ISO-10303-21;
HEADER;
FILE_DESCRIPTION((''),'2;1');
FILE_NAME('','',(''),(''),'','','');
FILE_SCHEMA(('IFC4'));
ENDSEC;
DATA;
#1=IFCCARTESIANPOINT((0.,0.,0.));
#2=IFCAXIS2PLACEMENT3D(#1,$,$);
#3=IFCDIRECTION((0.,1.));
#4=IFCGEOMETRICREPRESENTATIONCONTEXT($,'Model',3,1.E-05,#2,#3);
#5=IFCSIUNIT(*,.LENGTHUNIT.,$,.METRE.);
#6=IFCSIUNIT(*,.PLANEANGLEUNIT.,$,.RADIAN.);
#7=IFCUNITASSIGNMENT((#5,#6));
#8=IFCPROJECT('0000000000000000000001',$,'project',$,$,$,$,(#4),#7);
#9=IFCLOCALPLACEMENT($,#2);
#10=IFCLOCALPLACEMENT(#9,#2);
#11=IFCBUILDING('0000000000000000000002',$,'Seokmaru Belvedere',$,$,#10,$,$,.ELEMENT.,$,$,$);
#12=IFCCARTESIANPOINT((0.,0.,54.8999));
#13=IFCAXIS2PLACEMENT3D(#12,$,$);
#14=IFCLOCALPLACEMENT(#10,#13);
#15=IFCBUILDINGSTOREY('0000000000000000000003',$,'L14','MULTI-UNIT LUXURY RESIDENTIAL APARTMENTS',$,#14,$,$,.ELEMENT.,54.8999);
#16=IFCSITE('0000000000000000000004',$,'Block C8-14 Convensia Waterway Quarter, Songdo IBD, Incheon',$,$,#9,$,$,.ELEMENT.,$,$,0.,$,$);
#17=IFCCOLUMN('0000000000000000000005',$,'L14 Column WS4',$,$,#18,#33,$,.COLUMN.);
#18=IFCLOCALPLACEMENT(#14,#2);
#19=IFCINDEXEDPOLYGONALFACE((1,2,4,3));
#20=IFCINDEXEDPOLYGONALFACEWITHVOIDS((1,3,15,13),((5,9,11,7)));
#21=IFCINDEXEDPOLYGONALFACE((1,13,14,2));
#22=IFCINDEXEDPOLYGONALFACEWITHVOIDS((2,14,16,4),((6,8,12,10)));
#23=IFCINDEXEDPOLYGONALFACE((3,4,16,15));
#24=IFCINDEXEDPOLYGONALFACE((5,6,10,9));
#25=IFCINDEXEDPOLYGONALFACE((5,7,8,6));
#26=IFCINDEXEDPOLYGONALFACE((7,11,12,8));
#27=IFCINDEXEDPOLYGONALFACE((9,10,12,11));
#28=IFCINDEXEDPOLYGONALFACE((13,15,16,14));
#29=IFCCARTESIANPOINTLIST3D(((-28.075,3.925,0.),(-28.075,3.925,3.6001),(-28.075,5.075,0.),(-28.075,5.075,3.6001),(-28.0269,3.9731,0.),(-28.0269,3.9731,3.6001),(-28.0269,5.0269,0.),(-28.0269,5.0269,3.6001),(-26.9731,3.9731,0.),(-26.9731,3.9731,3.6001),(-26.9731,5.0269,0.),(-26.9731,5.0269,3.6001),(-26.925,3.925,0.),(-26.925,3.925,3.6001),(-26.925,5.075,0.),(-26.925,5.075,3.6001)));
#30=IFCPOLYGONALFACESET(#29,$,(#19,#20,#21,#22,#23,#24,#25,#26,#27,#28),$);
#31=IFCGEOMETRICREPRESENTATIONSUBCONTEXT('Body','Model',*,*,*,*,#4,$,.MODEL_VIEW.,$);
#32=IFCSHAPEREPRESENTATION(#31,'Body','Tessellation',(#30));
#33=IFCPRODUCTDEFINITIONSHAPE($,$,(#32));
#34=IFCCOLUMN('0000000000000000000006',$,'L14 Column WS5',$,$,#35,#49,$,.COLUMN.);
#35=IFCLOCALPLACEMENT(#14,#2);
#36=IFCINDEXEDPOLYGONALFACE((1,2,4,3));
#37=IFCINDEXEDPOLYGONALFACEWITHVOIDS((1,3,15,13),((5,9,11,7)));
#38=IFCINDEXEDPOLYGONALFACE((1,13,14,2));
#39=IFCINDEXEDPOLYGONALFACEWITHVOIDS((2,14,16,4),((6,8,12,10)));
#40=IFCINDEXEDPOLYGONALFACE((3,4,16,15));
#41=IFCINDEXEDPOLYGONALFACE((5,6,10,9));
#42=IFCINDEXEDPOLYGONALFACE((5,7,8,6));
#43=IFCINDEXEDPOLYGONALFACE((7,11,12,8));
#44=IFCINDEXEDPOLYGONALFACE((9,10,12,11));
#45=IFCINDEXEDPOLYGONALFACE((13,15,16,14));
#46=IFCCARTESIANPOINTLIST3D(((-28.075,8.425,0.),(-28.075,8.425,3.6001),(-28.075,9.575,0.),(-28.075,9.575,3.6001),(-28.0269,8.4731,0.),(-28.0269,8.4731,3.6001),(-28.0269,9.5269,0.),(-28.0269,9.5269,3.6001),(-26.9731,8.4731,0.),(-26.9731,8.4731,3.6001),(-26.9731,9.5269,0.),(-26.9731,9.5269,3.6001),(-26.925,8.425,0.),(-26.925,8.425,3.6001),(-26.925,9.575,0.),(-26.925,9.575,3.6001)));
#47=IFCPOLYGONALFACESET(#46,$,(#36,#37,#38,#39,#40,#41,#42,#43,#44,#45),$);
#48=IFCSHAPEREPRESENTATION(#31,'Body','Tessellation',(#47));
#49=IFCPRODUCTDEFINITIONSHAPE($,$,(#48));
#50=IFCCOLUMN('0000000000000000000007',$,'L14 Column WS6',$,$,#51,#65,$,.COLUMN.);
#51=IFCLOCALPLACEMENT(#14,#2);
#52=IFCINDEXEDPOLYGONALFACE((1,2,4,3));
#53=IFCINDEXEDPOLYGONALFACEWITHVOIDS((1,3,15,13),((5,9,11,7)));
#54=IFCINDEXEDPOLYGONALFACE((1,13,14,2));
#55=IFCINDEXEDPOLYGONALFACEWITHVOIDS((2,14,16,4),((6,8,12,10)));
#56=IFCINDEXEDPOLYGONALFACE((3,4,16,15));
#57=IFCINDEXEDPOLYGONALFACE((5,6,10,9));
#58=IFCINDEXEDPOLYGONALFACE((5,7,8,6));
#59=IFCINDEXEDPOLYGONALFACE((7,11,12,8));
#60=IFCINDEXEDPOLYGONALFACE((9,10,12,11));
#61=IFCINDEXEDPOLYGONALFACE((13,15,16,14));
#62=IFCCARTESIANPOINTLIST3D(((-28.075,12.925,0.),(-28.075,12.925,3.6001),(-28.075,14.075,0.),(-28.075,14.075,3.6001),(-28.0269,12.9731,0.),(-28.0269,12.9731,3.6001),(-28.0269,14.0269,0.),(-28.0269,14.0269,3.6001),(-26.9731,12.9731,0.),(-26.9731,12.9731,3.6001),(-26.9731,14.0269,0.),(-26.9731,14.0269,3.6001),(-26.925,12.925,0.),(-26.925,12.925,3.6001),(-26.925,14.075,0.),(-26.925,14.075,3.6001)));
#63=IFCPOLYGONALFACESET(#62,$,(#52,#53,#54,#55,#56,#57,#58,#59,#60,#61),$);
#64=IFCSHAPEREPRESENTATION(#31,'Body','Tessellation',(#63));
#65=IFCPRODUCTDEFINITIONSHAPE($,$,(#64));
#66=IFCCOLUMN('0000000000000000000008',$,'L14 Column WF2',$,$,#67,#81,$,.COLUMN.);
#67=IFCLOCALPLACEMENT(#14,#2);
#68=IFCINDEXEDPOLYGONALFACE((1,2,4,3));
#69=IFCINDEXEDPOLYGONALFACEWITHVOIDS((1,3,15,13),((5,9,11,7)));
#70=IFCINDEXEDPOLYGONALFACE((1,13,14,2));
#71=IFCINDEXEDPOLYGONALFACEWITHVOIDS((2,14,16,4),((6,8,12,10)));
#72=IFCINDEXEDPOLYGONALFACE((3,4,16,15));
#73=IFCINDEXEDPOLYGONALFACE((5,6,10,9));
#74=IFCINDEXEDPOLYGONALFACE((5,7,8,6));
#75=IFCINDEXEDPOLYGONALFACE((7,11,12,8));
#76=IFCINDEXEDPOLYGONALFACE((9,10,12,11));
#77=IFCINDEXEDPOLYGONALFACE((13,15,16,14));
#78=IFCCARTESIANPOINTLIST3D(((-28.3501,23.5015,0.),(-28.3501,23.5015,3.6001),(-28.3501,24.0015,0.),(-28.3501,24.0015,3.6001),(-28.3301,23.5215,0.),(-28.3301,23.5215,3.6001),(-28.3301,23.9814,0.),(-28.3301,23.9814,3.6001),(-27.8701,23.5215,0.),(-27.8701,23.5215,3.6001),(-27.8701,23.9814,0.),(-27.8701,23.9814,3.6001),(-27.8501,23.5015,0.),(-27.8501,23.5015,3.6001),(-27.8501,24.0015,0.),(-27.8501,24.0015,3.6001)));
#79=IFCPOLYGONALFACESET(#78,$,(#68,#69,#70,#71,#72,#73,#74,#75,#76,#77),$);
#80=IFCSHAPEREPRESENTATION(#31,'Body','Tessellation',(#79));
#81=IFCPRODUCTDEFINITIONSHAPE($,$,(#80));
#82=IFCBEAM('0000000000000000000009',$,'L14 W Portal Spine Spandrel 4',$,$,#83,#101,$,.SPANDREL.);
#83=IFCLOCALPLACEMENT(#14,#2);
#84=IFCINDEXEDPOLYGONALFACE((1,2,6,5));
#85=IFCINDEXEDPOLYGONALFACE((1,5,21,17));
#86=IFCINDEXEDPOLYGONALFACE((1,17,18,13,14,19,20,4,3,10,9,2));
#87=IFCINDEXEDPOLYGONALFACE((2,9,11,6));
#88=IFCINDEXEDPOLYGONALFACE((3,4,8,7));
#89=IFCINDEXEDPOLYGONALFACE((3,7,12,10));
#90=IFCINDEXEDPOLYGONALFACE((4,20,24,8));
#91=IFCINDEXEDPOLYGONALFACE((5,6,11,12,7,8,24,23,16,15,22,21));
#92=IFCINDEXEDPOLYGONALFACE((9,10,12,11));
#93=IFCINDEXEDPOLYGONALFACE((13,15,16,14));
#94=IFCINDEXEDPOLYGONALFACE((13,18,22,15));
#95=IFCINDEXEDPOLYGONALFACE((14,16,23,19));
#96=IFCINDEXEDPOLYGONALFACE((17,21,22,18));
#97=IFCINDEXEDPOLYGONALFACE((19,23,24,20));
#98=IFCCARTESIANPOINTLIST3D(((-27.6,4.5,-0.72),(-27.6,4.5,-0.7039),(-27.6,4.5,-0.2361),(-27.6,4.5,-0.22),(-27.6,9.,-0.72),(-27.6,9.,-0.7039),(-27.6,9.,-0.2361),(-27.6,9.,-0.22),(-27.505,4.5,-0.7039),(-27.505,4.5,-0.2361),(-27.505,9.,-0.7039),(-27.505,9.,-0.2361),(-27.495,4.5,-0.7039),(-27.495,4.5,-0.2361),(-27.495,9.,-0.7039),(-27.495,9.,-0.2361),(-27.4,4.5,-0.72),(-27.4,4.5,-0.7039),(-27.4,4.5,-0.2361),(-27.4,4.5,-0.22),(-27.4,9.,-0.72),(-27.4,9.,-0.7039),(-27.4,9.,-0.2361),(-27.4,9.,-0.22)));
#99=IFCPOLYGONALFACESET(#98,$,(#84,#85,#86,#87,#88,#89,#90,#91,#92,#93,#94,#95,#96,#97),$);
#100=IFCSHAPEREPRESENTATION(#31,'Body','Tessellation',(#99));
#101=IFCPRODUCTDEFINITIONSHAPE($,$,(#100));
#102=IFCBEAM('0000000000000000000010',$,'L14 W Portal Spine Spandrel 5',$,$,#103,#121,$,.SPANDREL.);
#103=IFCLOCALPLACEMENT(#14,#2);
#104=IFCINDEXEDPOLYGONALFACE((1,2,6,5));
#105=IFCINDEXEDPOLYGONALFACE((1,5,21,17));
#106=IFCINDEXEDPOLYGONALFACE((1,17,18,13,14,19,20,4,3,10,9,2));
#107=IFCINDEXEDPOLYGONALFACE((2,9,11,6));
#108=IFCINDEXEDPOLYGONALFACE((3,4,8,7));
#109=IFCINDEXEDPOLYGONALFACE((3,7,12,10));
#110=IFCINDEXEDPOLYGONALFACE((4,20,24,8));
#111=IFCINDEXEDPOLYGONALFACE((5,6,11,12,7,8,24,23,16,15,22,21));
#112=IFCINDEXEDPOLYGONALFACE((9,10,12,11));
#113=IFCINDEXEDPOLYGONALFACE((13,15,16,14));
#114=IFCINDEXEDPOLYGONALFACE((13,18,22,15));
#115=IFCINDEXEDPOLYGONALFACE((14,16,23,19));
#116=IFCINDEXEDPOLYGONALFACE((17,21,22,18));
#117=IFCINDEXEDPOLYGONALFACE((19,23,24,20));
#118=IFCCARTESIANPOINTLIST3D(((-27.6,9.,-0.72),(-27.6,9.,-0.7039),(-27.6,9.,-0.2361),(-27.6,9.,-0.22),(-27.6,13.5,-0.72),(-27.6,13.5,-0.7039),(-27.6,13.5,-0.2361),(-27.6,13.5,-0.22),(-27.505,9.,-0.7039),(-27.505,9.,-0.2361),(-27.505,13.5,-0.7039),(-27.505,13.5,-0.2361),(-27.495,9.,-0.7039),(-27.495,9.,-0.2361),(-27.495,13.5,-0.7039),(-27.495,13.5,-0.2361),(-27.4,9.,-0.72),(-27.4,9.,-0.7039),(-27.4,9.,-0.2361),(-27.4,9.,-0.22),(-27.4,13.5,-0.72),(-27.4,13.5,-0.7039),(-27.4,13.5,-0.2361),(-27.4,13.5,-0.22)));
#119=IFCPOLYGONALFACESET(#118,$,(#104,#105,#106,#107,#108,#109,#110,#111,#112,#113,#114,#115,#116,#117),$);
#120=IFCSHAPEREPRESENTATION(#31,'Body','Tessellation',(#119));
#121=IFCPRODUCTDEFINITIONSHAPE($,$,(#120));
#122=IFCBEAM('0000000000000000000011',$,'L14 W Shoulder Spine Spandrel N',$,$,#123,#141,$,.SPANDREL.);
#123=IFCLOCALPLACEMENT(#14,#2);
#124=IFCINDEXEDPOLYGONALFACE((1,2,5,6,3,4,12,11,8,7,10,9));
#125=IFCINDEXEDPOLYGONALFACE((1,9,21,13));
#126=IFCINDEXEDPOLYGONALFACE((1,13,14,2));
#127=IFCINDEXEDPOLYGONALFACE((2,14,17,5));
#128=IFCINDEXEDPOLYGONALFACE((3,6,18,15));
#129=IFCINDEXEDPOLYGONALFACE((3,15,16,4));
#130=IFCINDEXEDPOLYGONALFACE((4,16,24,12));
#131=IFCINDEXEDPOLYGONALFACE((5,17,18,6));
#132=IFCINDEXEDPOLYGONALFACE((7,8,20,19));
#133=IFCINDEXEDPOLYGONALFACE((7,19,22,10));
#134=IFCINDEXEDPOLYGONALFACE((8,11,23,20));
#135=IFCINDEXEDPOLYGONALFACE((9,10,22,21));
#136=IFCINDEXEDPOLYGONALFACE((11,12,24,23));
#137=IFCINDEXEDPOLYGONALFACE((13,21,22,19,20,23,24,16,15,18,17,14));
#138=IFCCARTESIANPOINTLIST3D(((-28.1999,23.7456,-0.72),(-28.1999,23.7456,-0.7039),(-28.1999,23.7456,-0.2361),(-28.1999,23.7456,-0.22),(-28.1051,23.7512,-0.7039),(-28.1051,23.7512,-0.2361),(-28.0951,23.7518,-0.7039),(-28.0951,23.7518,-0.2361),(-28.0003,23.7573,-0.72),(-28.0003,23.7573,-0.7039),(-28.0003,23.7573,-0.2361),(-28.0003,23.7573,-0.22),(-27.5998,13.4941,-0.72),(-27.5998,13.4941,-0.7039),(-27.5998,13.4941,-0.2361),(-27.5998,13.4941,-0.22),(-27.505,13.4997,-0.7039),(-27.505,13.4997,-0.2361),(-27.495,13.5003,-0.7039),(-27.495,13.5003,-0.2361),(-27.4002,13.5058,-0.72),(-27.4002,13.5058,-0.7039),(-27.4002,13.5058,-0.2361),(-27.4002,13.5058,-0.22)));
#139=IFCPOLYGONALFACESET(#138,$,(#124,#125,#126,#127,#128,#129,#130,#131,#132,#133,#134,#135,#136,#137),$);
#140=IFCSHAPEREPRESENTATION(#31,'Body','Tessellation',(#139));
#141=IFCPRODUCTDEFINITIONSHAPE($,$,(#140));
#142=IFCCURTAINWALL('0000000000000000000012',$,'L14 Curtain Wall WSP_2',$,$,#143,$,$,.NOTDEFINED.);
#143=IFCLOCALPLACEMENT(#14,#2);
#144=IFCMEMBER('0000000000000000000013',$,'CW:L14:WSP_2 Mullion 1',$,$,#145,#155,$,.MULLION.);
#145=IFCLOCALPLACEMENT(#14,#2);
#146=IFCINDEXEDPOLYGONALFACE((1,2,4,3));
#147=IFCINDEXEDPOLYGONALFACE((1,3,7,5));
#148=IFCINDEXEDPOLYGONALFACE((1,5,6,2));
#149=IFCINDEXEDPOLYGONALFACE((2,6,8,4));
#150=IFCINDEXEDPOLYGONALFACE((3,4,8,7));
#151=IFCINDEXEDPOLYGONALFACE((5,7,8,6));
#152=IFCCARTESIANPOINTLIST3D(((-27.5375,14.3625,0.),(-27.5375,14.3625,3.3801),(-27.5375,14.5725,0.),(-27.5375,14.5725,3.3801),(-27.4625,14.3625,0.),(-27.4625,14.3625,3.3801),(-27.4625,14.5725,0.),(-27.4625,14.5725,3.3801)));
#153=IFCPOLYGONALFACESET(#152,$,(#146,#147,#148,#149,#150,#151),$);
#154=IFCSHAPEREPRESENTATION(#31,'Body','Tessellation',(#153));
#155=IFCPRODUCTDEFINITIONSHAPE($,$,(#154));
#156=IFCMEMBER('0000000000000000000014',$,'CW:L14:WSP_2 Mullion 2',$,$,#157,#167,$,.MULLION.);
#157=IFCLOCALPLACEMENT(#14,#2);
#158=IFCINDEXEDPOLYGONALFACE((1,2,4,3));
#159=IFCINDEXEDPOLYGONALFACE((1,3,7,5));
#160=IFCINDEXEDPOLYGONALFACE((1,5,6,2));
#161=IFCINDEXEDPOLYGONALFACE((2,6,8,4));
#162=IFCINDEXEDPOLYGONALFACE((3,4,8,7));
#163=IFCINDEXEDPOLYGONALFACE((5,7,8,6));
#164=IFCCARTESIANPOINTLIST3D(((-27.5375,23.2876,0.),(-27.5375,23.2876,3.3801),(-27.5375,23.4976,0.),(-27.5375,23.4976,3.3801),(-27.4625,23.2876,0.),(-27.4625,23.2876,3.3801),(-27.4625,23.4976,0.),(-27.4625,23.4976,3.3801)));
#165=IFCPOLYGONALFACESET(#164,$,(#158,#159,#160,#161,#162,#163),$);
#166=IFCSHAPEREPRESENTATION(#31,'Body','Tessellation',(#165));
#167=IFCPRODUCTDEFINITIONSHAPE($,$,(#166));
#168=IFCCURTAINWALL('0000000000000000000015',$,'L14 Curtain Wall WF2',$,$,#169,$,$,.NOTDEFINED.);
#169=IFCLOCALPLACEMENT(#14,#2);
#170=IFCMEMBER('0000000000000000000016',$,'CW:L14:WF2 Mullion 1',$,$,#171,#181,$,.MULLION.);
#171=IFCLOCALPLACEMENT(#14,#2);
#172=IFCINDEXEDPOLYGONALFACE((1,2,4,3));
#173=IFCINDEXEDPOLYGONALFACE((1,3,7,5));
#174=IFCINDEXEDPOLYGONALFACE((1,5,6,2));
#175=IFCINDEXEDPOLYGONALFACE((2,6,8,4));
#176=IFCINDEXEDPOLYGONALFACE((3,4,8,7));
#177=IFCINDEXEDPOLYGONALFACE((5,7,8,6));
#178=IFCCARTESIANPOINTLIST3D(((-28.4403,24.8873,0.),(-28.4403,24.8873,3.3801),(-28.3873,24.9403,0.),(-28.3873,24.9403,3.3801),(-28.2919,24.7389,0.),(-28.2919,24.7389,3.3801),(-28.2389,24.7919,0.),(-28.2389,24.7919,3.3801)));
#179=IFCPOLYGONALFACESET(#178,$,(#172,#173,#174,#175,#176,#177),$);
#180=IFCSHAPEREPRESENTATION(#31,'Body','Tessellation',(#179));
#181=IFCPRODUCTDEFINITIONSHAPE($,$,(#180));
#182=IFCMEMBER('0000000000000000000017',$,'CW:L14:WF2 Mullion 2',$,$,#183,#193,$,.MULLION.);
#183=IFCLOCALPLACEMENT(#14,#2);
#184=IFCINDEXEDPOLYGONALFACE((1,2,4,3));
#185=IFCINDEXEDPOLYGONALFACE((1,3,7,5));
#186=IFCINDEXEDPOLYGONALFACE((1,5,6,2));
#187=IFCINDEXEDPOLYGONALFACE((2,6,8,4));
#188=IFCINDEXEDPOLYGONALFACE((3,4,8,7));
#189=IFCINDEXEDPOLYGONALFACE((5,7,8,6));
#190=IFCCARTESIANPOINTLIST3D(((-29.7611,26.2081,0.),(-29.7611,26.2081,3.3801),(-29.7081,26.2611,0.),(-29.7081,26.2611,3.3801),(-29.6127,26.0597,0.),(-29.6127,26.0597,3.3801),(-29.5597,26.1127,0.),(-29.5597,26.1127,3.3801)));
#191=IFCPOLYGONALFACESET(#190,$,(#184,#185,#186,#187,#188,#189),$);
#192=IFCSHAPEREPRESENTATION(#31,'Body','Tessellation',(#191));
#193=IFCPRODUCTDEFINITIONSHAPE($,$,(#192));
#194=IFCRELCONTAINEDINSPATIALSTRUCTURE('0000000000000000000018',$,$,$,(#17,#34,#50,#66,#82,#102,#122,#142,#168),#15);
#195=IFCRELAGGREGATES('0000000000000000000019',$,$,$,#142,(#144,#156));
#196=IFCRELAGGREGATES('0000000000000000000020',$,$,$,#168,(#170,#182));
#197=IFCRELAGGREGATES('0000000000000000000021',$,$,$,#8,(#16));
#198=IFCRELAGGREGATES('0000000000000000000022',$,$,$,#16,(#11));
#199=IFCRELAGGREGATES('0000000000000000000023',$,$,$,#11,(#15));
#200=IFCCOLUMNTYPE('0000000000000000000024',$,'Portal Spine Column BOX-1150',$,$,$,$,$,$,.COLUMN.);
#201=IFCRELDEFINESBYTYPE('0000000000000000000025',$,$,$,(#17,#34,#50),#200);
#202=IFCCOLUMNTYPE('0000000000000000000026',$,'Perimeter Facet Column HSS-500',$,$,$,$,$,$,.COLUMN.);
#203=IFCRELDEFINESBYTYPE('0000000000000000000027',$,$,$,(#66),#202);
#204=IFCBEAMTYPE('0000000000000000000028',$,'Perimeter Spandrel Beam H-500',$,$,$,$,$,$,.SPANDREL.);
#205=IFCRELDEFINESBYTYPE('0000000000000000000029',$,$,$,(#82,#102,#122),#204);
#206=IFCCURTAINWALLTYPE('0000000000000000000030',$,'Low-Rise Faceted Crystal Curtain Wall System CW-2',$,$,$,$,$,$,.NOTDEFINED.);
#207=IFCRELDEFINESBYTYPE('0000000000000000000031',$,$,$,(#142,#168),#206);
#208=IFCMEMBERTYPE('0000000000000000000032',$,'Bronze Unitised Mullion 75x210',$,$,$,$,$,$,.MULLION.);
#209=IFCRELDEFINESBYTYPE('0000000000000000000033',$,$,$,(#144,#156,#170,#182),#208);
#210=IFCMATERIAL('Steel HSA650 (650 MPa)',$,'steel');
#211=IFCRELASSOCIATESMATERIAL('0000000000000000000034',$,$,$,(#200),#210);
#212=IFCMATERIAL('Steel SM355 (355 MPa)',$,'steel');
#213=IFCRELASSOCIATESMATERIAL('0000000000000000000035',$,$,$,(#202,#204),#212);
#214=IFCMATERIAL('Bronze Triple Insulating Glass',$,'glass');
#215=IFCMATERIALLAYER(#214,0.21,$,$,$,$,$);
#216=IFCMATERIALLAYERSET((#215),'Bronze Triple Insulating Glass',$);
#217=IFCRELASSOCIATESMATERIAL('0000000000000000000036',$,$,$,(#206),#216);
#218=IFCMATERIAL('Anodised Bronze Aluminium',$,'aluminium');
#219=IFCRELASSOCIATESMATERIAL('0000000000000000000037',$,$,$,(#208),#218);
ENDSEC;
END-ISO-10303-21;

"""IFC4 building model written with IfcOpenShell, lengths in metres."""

from ifc_helpers import new_model, si_unit, direction, frame, origin, origin_2d, place, context, subcontext, project, spatial, rectangle, hollow_rectangle, i_section, extrude, source, transform, mapped, material, layer, layer_set, material_profile, profile_set, type_object, type_shapes, element, aggregate, save


model = new_model("IFC4")

# Units and contexts
model_context = context("Model", 3, precision=1e-05, world=origin(), true_north=direction((0.0, 1.0)))
body_context = subcontext(model_context, "Body", "Model", "MODEL_VIEW")
ifc_project = project(units=[si_unit("LENGTHUNIT", "METRE"), si_unit("PLANEANGLEUNIT", "RADIAN")], contexts=[model_context])

# Site, building, storey
site_placement = place(None, origin())
site = spatial("IfcSite", under=ifc_project, at=site_placement, Name="Block C8-14 Convensia Waterway Quarter, Songdo IBD, Incheon", CompositionType="ELEMENT", RefElevation=0.0)
building_placement = place(site_placement, origin())
building = spatial("IfcBuilding", under=site, at=building_placement, Name="Seokmaru Belvedere", CompositionType="ELEMENT")
storey_placement = place(building_placement, frame((0.0, 0.0, 54.8999)))
storey = spatial("IfcBuildingStorey", under=building, at=storey_placement, Name="L14", Description="MULTI-UNIT LUXURY RESIDENTIAL APARTMENTS", CompositionType="ELEMENT", Elevation=54.8999)

# Columns
ifc_material_1 = material(Name="Steel HSA650 (650 MPa)", Category="steel")
ifc_material_profile_1 = material_profile(ifc_material_1, hollow_rectangle(XDim=1.1499, YDim=1.1499, WallThickness=0.0481, at=origin_2d()), Name="BOX-1150x1150x48")
ifc_profile_set_1 = profile_set([ifc_material_profile_1], Name="Steel HSA650 (650 MPa)")
column_type_1 = type_object("IfcColumnType", Name="Portal Spine Column BOX-1150", PredefinedType="COLUMN", material=ifc_profile_set_1)
shared_shape_1 = source(origin(), body_context, "Body", "SweptSolid", [
    extrude(hollow_rectangle(XDim=1.1499, YDim=1.1499, WallThickness=0.0481, at=origin_2d()), origin(), (0.0, 0.0, 1.0), 3.6001),
])
type_shapes(column_type_1, [shared_shape_1])
for number, where, z_axis, x_axis, name in (
    (1, (-27.5, 4.5, 0.0), (0.0, 0.0, 1.0), (1.0, 0.0, 0.0), "L14 Column WS4"),
    (2, (-27.5, 9.0, 0.0), (0.0, 0.0, 1.0), (1.0, 0.0, 0.0), "L14 Column WS5"),
    (3, (-27.5, 13.5, 0.0), (0.0, 0.0, 1.0), (1.0, 0.0, 0.0), "L14 Column WS6"),
):
    element("IfcColumn", number, at=place(storey_placement, frame(where, z_axis=z_axis, x_axis=x_axis)), inside=storey, type_object=column_type_1, Name=name, PredefinedType="COLUMN", context=body_context, shape_type="MappedRepresentation", body=[
        mapped(shared_shape_1, transform((0.0, 0.0, 0.0), scale=1.0)),
    ])
ifc_material_2 = material(Name="Steel SM355 (355 MPa)", Category="steel")
ifc_material_profile_2 = material_profile(ifc_material_2, hollow_rectangle(XDim=0.5, YDim=0.5, WallThickness=0.02, at=origin_2d()), Name="HSS-500x500x20")
ifc_profile_set_2 = profile_set([ifc_material_profile_2], Name="Steel SM355 (355 MPa)")
column_type_2 = type_object("IfcColumnType", Name="Perimeter Facet Column HSS-500", PredefinedType="COLUMN", material=ifc_profile_set_2)
shared_shape_2 = source(origin(), body_context, "Body", "SweptSolid", [
    extrude(hollow_rectangle(XDim=0.5, YDim=0.5, WallThickness=0.02, at=origin_2d()), origin(), (0.0, 0.0, 1.0), 3.6001),
])
type_shapes(column_type_2, [shared_shape_2])
column_placement = place(storey_placement, frame((-28.1001, 23.7515, 0.0), z_axis=(0.0, 0.0, 1.0), x_axis=(1.0, 0.0, 0.0)))
element("IfcColumn", 4, at=column_placement, inside=storey, type_object=column_type_2, Name="L14 Column WF2", PredefinedType="COLUMN", context=body_context, shape_type="MappedRepresentation", body=[
    mapped(shared_shape_2, transform((0.0, 0.0, 0.0), scale=1.0)),
])

# Beams
ifc_material_profile_3 = material_profile(ifc_material_2, i_section(OverallWidth=0.2, OverallDepth=0.5, WebThickness=0.01, FlangeThickness=0.0161, at=origin_2d()), Name="H-500x200x10x16")
ifc_profile_set_3 = profile_set([ifc_material_profile_3], Name="Steel SM355 (355 MPa)")
beam_type = type_object("IfcBeamType", Name="Perimeter Spandrel Beam H-500", PredefinedType="SPANDREL", material=ifc_profile_set_3)
shared_shape_3 = source(origin(), body_context, "Body", "SweptSolid", [
    extrude(i_section(OverallWidth=0.2, OverallDepth=0.5, WebThickness=0.01, FlangeThickness=0.0161, at=origin_2d()), origin(), (0.0, 0.0, 1.0), 4.5),
])
for number, where, z_axis, x_axis, name in (
    (5, (-27.5, 4.5, -0.47), (0.0, 1.0, 0.0), (-1.0, 0.0, 0.0), "L14 W Portal Spine Spandrel 4"),
    (6, (-27.5, 9.0, -0.47), (0.0, 1.0, 0.0), (-1.0, 0.0, 0.0), "L14 W Portal Spine Spandrel 5"),
):
    element("IfcBeam", number, at=place(storey_placement, frame(where, z_axis=z_axis, x_axis=x_axis)), inside=storey, type_object=beam_type, Name=name, PredefinedType="SPANDREL", context=body_context, shape_type="MappedRepresentation", body=[
        mapped(shared_shape_3, transform((0.0, 0.0, 0.0), scale=1.0)),
    ])
shared_shape_4 = source(origin(), body_context, "Body", "SweptSolid", [
    extrude(i_section(OverallWidth=0.2, OverallDepth=0.5, WebThickness=0.01, FlangeThickness=0.0161, at=origin_2d()), origin(), (0.0, 0.0, 1.0), 10.269),
])
type_shapes(beam_type, [shared_shape_3, shared_shape_4])
beam_placement = place(storey_placement, frame((-28.1001, 23.7515, -0.47), z_axis=(0.058438, -0.998291, 0.0), x_axis=(0.998291, 0.058438, 0.0)))
element("IfcBeam", 7, at=beam_placement, inside=storey, type_object=beam_type, Name="L14 W Shoulder Spine Spandrel N", PredefinedType="SPANDREL", context=body_context, shape_type="MappedRepresentation", body=[
    mapped(shared_shape_4, transform((0.0, 0.0, 0.0), scale=1.0)),
])

# Curtain walls, members
ifc_material_3 = material(Name="Bronze Triple Insulating Glass", Category="glass")
ifc_layer_1 = layer(ifc_material_3, 0.21)
ifc_layer_set_1 = layer_set([ifc_layer_1], Name="Bronze Triple Insulating Glass")
curtain_wall_type = type_object("IfcCurtainWallType", Name="Low-Rise Faceted Crystal Curtain Wall System CW-2", PredefinedType="NOTDEFINED", material=ifc_layer_set_1)
curtain_wall_1_placement = place(storey_placement, origin())
curtain_wall_1 = element("IfcCurtainWall", 8, at=curtain_wall_1_placement, inside=storey, type_object=curtain_wall_type, Name="L14 Curtain Wall WSP_2", PredefinedType="NOTDEFINED")
ifc_material_4 = material(Name="Anodised Bronze Aluminium", Category="aluminium")
ifc_material_profile_4 = material_profile(ifc_material_4, rectangle(XDim=0.075, YDim=0.21, at=origin_2d()), Name="CW-M-75x210")
ifc_profile_set_4 = profile_set([ifc_material_profile_4], Name="Anodised Bronze Aluminium")
member_type_1 = type_object("IfcMemberType", Name="Bronze Unitised Mullion 75x210", PredefinedType="MULLION", material=ifc_profile_set_4)
shared_shape_5 = source(origin(), body_context, "Body", "SweptSolid", [
    extrude(rectangle(XDim=0.075, YDim=0.21, at=origin_2d()), origin(), (0.0, 0.0, 1.0), 3.3801),
])
type_shapes(member_type_1, [shared_shape_5])
member_1_placement = place(storey_placement, frame((-27.5, 14.4675, 0.0), z_axis=(0.0, 0.0, 1.0), x_axis=(-1.0, 0.0, 0.0)))
member_1 = element("IfcMember", 9, at=member_1_placement, type_object=member_type_1, Name="CW:L14:WSP_2 Mullion 1", PredefinedType="MULLION", context=body_context, shape_type="MappedRepresentation", body=[
    mapped(shared_shape_5, transform((0.0, 0.0, 0.0), scale=1.0)),
])
member_2_placement = place(storey_placement, frame((-27.5, 23.3926, 0.0), z_axis=(0.0, 0.0, 1.0), x_axis=(-1.0, 0.0, 0.0)))
member_2 = element("IfcMember", 10, at=member_2_placement, type_object=member_type_1, Name="CW:L14:WSP_2 Mullion 2", PredefinedType="MULLION", context=body_context, shape_type="MappedRepresentation", body=[
    mapped(shared_shape_5, transform((0.0, 0.0, 0.0), scale=1.0)),
])
curtain_wall_2_placement = place(storey_placement, origin())
curtain_wall_2 = element("IfcCurtainWall", 11, at=curtain_wall_2_placement, inside=storey, type_object=curtain_wall_type, Name="L14 Curtain Wall WF2", PredefinedType="NOTDEFINED")
member_3_placement = place(storey_placement, frame((-28.3396, 24.8396, 0.0), z_axis=(0.0, 0.0, 1.0), x_axis=(-0.707107, -0.707107, 0.0)))
member_3 = element("IfcMember", 12, at=member_3_placement, type_object=member_type_1, Name="CW:L14:WF2 Mullion 1", PredefinedType="MULLION", context=body_context, shape_type="MappedRepresentation", body=[
    mapped(shared_shape_5, transform((0.0, 0.0, 0.0), scale=1.0)),
])
member_4_placement = place(storey_placement, frame((-29.6604, 26.1604, 0.0), z_axis=(0.0, 0.0, 1.0), x_axis=(-0.707107, -0.707107, 0.0)))
member_4 = element("IfcMember", 13, at=member_4_placement, type_object=member_type_1, Name="CW:L14:WF2 Mullion 2", PredefinedType="MULLION", context=body_context, shape_type="MappedRepresentation", body=[
    mapped(shared_shape_5, transform((0.0, 0.0, 0.0), scale=1.0)),
])

aggregate(curtain_wall_1, [member_1, member_2])
aggregate(curtain_wall_2, [member_3, member_4])

save(model, "model.ifc")
